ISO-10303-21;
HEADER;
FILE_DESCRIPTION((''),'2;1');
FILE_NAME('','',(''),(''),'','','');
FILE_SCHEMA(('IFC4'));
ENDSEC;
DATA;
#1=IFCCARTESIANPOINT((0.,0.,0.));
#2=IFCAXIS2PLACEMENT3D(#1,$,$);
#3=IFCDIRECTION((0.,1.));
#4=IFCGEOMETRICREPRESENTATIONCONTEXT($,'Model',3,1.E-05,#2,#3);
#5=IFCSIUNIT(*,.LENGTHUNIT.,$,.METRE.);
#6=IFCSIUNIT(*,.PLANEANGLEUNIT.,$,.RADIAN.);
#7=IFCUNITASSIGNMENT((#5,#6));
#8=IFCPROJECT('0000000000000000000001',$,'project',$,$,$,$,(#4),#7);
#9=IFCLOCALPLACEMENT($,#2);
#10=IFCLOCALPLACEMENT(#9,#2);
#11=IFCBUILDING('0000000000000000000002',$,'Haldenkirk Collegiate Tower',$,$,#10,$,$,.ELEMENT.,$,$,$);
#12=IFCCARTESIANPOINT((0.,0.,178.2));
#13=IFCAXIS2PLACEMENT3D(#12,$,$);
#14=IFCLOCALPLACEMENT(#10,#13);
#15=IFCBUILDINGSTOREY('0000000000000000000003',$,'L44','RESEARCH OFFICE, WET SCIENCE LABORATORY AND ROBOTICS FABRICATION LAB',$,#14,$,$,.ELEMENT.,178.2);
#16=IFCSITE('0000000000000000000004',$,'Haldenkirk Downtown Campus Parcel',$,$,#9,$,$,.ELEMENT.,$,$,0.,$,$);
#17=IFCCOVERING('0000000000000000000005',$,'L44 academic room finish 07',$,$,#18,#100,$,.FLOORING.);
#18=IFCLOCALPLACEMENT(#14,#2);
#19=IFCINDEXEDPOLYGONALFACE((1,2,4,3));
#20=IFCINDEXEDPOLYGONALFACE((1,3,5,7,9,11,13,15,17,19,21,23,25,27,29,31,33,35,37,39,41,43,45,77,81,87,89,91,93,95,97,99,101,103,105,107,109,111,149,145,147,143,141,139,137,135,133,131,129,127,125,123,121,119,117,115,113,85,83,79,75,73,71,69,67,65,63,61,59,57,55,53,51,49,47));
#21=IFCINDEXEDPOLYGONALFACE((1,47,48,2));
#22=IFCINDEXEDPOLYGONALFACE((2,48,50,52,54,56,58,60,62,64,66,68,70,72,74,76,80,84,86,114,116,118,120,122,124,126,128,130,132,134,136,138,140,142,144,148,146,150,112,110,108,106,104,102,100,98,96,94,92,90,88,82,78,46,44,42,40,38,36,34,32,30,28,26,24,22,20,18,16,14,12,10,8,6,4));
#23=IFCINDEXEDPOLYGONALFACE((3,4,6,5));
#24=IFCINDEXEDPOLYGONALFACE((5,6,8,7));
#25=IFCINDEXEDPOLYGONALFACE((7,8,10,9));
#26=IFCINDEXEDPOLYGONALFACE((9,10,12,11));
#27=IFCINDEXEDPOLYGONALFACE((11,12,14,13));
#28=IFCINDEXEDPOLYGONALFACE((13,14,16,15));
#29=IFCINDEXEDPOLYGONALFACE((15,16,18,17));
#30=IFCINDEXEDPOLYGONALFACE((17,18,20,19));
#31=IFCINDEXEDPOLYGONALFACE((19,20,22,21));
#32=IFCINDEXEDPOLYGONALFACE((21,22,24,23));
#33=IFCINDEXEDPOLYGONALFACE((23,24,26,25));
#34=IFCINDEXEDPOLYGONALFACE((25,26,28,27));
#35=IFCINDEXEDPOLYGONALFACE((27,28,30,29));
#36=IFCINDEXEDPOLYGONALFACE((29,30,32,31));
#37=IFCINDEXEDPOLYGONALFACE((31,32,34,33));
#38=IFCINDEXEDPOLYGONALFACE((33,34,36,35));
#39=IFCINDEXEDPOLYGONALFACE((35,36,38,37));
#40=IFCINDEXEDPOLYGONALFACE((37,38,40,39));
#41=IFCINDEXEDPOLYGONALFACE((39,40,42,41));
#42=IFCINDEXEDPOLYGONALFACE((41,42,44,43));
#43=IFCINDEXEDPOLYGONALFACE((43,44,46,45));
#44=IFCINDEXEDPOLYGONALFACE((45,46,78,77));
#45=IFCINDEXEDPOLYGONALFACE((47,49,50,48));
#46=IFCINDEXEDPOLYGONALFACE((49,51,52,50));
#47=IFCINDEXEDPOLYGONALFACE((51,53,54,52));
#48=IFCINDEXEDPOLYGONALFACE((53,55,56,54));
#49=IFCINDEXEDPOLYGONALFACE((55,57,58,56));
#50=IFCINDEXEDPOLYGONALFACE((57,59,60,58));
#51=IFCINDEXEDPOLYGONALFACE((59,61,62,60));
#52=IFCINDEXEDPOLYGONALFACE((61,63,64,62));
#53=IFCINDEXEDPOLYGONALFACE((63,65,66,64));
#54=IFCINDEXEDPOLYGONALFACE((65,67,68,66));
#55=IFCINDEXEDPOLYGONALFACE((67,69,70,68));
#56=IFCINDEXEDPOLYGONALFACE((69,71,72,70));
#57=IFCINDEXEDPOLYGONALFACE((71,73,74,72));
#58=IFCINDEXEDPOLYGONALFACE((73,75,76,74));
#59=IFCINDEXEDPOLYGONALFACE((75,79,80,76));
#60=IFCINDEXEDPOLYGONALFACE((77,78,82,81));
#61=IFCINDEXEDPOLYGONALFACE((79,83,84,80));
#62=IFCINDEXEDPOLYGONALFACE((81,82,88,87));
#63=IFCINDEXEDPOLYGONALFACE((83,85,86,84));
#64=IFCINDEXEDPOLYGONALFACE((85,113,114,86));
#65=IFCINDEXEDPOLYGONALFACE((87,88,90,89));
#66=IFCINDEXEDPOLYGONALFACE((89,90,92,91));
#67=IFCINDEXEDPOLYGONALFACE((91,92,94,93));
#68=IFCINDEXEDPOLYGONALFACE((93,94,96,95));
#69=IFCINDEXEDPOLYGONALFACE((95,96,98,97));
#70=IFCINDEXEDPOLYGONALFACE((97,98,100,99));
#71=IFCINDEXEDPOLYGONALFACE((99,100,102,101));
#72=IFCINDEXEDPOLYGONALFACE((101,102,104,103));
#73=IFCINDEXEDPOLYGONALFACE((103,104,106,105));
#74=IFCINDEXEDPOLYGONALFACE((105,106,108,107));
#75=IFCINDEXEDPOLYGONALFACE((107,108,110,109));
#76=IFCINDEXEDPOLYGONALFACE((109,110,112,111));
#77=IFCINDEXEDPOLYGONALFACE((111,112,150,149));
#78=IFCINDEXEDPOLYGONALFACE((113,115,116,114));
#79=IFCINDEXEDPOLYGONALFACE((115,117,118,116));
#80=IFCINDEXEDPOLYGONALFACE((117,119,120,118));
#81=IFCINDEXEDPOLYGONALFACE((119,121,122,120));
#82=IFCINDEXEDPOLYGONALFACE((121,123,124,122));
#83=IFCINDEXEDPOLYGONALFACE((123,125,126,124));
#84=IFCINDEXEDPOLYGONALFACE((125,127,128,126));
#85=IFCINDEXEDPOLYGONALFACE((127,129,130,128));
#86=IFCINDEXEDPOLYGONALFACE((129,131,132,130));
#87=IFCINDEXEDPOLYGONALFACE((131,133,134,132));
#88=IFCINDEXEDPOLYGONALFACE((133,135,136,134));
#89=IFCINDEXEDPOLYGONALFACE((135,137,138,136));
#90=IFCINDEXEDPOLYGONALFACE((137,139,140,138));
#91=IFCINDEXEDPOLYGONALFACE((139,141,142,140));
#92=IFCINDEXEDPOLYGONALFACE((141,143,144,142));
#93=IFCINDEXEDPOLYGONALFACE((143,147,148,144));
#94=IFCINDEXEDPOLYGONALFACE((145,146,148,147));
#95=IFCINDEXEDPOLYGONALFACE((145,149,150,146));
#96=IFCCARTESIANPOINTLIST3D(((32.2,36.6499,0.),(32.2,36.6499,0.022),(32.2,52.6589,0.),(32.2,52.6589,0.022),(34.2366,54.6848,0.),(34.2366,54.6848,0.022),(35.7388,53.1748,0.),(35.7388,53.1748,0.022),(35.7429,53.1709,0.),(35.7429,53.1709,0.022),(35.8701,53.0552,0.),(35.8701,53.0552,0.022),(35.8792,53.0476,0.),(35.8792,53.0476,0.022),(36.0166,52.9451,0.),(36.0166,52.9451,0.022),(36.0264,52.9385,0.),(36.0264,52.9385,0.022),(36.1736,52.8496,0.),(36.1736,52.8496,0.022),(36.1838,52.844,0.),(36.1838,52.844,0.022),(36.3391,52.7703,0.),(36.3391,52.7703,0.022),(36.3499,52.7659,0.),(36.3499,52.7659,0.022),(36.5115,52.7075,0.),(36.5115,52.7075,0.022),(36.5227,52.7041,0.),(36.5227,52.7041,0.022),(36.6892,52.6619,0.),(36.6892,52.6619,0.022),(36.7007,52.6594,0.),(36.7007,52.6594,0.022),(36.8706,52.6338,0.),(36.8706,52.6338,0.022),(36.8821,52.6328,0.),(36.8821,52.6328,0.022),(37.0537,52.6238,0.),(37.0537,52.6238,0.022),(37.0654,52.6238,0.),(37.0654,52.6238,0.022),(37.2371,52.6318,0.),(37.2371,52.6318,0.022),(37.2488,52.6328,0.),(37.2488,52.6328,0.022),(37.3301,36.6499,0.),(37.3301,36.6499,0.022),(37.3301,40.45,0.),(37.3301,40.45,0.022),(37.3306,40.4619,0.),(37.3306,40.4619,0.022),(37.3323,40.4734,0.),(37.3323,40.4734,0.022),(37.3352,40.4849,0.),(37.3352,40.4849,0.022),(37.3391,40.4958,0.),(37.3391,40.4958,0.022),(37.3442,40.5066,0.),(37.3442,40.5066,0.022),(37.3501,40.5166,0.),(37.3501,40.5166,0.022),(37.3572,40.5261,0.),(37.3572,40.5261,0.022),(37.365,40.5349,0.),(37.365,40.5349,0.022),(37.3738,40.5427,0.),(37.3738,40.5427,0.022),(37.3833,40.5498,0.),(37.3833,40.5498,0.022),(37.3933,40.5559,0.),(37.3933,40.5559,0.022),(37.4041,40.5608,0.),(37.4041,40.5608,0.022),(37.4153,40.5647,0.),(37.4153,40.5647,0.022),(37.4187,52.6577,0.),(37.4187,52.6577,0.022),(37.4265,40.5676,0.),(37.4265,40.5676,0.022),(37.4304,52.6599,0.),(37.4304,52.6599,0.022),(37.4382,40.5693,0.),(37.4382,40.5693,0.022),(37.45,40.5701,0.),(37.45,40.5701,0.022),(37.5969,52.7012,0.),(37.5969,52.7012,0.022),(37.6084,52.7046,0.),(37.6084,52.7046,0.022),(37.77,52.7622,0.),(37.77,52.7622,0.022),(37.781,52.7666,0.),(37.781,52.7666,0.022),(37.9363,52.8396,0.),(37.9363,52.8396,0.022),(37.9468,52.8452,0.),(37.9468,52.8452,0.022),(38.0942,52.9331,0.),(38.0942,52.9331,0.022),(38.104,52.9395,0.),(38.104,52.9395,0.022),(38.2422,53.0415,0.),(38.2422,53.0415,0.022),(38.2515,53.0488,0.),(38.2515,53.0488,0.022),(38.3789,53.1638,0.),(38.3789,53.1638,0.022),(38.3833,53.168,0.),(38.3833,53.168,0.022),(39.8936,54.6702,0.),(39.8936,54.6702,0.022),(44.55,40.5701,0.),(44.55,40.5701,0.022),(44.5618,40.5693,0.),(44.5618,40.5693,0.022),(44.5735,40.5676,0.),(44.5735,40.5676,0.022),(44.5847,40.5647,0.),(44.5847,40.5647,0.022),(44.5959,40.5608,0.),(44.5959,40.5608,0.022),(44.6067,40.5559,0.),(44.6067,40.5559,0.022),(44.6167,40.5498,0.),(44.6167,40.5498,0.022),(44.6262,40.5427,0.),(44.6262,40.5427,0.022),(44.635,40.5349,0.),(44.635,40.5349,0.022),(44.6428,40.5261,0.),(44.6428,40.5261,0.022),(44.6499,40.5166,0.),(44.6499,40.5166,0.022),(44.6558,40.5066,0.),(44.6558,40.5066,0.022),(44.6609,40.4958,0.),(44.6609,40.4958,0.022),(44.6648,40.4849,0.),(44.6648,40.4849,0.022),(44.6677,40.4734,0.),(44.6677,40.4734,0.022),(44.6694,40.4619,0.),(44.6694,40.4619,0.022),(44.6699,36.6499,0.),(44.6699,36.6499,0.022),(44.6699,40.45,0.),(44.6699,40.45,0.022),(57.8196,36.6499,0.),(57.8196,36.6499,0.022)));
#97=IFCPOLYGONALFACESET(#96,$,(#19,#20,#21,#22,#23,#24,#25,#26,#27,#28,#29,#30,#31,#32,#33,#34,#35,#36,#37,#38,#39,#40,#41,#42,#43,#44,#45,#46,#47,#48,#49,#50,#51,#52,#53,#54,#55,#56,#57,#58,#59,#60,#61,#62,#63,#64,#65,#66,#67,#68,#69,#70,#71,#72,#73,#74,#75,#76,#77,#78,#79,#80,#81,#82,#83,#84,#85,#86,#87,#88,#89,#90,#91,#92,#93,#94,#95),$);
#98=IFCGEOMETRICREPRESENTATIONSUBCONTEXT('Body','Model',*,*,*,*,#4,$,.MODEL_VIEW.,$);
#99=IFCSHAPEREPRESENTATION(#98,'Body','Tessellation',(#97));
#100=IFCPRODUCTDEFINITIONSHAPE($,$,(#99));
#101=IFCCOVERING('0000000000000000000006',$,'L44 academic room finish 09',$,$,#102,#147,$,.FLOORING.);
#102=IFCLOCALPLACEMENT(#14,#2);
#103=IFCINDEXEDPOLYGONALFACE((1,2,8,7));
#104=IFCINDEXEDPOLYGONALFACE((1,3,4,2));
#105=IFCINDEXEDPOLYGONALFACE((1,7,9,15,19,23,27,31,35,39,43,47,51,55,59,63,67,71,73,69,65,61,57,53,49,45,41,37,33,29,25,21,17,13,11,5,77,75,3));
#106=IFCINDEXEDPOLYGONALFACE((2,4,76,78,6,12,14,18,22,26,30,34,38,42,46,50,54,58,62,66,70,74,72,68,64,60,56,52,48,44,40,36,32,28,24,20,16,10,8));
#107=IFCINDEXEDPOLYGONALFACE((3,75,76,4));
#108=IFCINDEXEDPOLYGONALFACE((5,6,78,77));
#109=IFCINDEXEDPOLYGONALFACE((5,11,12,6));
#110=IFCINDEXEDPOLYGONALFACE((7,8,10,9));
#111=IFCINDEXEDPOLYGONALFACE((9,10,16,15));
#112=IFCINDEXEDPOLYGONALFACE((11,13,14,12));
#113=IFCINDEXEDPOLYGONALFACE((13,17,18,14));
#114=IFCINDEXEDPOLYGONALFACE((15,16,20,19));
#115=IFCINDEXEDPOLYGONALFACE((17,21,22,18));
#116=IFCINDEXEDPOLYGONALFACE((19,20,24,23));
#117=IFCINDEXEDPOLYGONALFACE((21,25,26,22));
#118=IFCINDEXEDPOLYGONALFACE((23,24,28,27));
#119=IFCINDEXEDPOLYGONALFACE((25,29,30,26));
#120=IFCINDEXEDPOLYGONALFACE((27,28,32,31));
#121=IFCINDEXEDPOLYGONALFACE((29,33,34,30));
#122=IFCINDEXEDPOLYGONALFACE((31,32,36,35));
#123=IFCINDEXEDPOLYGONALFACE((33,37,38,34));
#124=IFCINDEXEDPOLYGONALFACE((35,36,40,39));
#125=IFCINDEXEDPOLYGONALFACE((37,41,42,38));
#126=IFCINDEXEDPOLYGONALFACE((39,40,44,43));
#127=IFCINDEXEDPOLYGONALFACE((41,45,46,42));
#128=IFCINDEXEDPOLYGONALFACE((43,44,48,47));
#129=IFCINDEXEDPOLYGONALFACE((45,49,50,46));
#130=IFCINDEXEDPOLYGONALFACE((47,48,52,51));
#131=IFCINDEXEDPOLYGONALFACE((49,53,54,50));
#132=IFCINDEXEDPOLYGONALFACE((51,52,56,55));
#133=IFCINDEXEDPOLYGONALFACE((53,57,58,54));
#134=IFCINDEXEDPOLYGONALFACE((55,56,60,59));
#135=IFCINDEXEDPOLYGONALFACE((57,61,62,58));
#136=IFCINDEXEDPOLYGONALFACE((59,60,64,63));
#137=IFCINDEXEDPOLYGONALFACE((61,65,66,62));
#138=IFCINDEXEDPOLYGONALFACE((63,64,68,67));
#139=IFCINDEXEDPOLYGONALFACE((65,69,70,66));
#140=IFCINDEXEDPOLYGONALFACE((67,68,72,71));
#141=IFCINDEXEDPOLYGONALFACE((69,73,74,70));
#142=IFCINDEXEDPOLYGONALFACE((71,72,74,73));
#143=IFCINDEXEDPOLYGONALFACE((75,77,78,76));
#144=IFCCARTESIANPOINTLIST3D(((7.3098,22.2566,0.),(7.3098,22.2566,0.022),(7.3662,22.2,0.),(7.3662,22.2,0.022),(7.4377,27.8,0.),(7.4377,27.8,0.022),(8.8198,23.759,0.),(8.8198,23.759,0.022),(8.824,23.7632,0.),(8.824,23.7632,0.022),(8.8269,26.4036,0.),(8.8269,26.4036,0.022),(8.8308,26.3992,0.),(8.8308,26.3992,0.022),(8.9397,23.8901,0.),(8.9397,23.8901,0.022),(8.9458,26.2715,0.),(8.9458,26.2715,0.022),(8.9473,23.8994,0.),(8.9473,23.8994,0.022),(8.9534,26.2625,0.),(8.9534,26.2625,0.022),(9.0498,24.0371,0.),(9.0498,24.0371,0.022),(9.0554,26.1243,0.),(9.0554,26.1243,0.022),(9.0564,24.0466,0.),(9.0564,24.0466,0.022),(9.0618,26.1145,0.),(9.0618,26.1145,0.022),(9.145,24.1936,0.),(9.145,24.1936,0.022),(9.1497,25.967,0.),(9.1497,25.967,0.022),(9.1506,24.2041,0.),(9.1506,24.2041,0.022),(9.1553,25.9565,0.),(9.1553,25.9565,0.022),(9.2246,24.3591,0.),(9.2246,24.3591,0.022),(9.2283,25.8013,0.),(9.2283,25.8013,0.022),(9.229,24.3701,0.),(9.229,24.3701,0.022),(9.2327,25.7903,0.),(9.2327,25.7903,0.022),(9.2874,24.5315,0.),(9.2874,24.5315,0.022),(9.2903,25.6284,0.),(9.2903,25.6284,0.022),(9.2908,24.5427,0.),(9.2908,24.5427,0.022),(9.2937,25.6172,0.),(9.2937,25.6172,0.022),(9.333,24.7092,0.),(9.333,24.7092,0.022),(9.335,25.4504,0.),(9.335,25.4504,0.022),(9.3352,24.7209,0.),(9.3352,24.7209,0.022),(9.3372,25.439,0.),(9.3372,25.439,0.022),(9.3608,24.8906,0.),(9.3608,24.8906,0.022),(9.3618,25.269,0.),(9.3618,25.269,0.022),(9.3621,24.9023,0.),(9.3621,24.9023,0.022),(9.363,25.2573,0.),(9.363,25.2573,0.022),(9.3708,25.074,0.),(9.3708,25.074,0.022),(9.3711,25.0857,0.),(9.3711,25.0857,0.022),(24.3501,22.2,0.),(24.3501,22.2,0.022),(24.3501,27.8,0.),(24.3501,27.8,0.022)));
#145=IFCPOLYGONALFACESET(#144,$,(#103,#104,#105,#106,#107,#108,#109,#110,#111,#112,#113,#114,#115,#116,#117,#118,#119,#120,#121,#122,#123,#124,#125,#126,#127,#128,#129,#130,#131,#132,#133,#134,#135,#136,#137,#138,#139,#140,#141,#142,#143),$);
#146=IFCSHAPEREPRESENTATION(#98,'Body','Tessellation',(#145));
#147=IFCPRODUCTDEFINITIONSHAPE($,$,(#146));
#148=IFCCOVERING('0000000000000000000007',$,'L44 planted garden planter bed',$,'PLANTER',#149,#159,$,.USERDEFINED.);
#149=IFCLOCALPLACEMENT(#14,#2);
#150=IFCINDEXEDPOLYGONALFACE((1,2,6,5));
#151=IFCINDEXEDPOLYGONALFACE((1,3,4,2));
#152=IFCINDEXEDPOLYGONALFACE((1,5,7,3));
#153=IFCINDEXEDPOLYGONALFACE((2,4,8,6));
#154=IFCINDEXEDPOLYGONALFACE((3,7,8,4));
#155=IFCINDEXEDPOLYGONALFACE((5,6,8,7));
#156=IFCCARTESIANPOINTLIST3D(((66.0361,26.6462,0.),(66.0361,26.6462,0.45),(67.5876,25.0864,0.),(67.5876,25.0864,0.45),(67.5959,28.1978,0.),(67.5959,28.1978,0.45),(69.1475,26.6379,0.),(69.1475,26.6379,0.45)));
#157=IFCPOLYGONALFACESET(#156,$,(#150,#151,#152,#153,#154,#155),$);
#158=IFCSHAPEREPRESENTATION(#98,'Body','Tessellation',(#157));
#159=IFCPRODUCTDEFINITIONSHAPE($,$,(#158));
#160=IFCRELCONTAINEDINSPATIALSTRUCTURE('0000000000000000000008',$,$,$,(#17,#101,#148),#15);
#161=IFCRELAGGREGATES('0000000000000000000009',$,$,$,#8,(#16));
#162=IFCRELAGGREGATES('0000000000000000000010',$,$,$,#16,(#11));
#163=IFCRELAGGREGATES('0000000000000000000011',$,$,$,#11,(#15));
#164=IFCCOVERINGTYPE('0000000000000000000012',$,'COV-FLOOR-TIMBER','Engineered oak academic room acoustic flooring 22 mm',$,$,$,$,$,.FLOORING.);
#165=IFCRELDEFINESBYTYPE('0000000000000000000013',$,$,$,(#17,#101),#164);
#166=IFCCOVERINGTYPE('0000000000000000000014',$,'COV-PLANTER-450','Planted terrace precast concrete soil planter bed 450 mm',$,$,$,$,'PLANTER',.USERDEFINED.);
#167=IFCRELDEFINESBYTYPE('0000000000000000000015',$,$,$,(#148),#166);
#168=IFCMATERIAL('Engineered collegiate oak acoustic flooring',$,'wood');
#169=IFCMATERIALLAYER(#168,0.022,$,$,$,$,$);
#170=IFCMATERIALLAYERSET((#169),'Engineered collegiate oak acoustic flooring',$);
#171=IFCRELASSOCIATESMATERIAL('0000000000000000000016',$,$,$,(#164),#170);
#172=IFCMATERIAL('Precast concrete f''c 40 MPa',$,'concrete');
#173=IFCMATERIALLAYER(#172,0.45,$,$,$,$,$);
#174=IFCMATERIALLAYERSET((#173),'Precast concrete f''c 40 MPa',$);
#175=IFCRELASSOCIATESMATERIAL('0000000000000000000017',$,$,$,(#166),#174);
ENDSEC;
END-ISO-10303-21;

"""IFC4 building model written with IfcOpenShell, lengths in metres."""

from ifc_helpers import new_model, si_unit, direction, frame, origin, place, context, subcontext, project, spatial, polyline, outline, extrude, material, layer, layer_set, type_object, element, save


model = new_model("IFC4")

# Units and contexts
model_context = context("Model", 3, precision=1e-05, world=origin(), true_north=direction((0.0, 1.0)))
body_context = subcontext(model_context, "Body", "Model", "MODEL_VIEW")
ifc_project = project(units=[si_unit("LENGTHUNIT", "METRE"), si_unit("PLANEANGLEUNIT", "RADIAN")], contexts=[model_context])

# Site, building, storey
site_placement = place(None, origin())
site = spatial("IfcSite", under=ifc_project, at=site_placement, Name="Haldenkirk Downtown Campus Parcel", CompositionType="ELEMENT", RefElevation=0.0)
building_placement = place(site_placement, origin())
building = spatial("IfcBuilding", under=site, at=building_placement, Name="Haldenkirk Collegiate Tower", CompositionType="ELEMENT")
storey_placement = place(building_placement, frame((0.0, 0.0, 178.2)))
storey = spatial("IfcBuildingStorey", under=building, at=storey_placement, Name="L44", Description="RESEARCH OFFICE, WET SCIENCE LABORATORY AND ROBOTICS FABRICATION LAB", CompositionType="ELEMENT", Elevation=178.2)

# Coverings
ifc_material_1 = material(Name="Engineered collegiate oak acoustic flooring", Category="wood")
ifc_layer_1 = layer(ifc_material_1, 0.022)
ifc_layer_set_1 = layer_set([ifc_layer_1], Name="Engineered collegiate oak acoustic flooring")
covering_type_1 = type_object("IfcCoveringType", Name="COV-FLOOR-TIMBER", Description="Engineered oak academic room acoustic flooring 22 mm", PredefinedType="FLOORING", material=ifc_layer_set_1)
covering_1_placement = place(storey_placement, origin())
element("IfcCovering", 1, at=covering_1_placement, inside=storey, type_object=covering_type_1, Name="L44 academic room finish 07", PredefinedType="FLOORING", context=body_context, shape_type="SweptSolid", body=[
    extrude(outline(polyline([(35.7388, 53.1748), (35.7429, 53.1709), (35.8701, 53.0552), (35.8792, 53.0476), (36.0166, 52.9451), (36.0264, 52.9385), (36.1736, 52.8496), (36.1838, 52.844), (36.3391, 52.7703), (36.3499, 52.7659), (36.5115, 52.7075), (36.5227, 52.7041), (36.6892, 52.6619), (36.7007, 52.6594), (36.8706, 52.6338), (36.8821, 52.6328), (37.0537, 52.6238), (37.0654, 52.6238), (37.2371, 52.6318), (37.2488, 52.6328), (37.4187, 52.6577), (37.4304, 52.6599), (37.5969, 52.7012), (37.6084, 52.7046), (37.77, 52.7622), (37.781, 52.7666), (37.9363, 52.8396), (37.9468, 52.8452), (38.0942, 52.9331), (38.104, 52.9395), (38.2422, 53.0415), (38.2515, 53.0488), (38.3789, 53.1638), (38.3833, 53.168), (39.8936, 54.6702), (57.8196, 36.6499), (44.6699, 36.6499), (44.6699, 40.45), (44.6694, 40.4619), (44.6677, 40.4734), (44.6648, 40.4849), (44.6609, 40.4958), (44.6558, 40.5066), (44.6499, 40.5166), (44.6428, 40.5261), (44.635, 40.5349), (44.6262, 40.5427), (44.6167, 40.5498), (44.6067, 40.5559), (44.5959, 40.5608), (44.5847, 40.5647), (44.5735, 40.5676), (44.5618, 40.5693), (44.55, 40.5701), (37.45, 40.5701), (37.4382, 40.5693), (37.4265, 40.5676), (37.4153, 40.5647), (37.4041, 40.5608), (37.3933, 40.5559), (37.3833, 40.5498), (37.3738, 40.5427), (37.365, 40.5349), (37.3572, 40.5261), (37.3501, 40.5166), (37.3442, 40.5066), (37.3391, 40.4958), (37.3352, 40.4849), (37.3323, 40.4734), (37.3306, 40.4619), (37.3301, 40.45), (37.3301, 36.6499), (32.2, 36.6499), (32.2, 52.6589), (34.2366, 54.6848), (35.7388, 53.1748)])), origin(), (0.0, 0.0, 1.0), 0.022),
])
covering_2_placement = place(storey_placement, origin())
element("IfcCovering", 2, at=covering_2_placement, inside=storey, type_object=covering_type_1, Name="L44 academic room finish 09", PredefinedType="FLOORING", context=body_context, shape_type="SweptSolid", body=[
    extrude(outline(polyline([(7.4377, 27.8), (24.3501, 27.8), (24.3501, 22.2), (7.3662, 22.2), (7.3098, 22.2566), (8.8198, 23.759), (8.824, 23.7632), (8.9397, 23.8901), (8.9473, 23.8994), (9.0498, 24.0371), (9.0564, 24.0466), (9.145, 24.1936), (9.1506, 24.2041), (9.2246, 24.3591), (9.229, 24.3701), (9.2874, 24.5315), (9.2908, 24.5427), (9.333, 24.7092), (9.3352, 24.7209), (9.3608, 24.8906), (9.3621, 24.9023), (9.3708, 25.074), (9.3711, 25.0857), (9.363, 25.2573), (9.3618, 25.269), (9.3372, 25.439), (9.335, 25.4504), (9.2937, 25.6172), (9.2903, 25.6284), (9.2327, 25.7903), (9.2283, 25.8013), (9.1553, 25.9565), (9.1497, 25.967), (9.0618, 26.1145), (9.0554, 26.1243), (8.9534, 26.2625), (8.9458, 26.2715), (8.8308, 26.3992), (8.8269, 26.4036), (7.4377, 27.8)])), origin(), (0.0, 0.0, 1.0), 0.022),
])
ifc_material_2 = material(Name="Precast concrete f'c 40 MPa", Category="concrete")
ifc_layer_2 = layer(ifc_material_2, 0.45)
ifc_layer_set_2 = layer_set([ifc_layer_2], Name="Precast concrete f'c 40 MPa")
covering_type_2 = type_object("IfcCoveringType", Name="COV-PLANTER-450", Description="Planted terrace precast concrete soil planter bed 450 mm", ElementType="PLANTER", PredefinedType="USERDEFINED", material=ifc_layer_set_2)
covering_3_placement = place(storey_placement, origin())
element("IfcCovering", 3, at=covering_3_placement, inside=storey, type_object=covering_type_2, Name="L44 planted garden planter bed", ObjectType="PLANTER", PredefinedType="USERDEFINED", context=body_context, shape_type="SweptSolid", body=[
    extrude(outline(polyline([(67.5876, 25.0864), (66.0361, 26.6462), (67.5959, 28.1978), (69.1475, 26.6379), (67.5876, 25.0864)])), origin(), (0.0, 0.0, 1.0), 0.45),
])

save(model, "model.ifc")
